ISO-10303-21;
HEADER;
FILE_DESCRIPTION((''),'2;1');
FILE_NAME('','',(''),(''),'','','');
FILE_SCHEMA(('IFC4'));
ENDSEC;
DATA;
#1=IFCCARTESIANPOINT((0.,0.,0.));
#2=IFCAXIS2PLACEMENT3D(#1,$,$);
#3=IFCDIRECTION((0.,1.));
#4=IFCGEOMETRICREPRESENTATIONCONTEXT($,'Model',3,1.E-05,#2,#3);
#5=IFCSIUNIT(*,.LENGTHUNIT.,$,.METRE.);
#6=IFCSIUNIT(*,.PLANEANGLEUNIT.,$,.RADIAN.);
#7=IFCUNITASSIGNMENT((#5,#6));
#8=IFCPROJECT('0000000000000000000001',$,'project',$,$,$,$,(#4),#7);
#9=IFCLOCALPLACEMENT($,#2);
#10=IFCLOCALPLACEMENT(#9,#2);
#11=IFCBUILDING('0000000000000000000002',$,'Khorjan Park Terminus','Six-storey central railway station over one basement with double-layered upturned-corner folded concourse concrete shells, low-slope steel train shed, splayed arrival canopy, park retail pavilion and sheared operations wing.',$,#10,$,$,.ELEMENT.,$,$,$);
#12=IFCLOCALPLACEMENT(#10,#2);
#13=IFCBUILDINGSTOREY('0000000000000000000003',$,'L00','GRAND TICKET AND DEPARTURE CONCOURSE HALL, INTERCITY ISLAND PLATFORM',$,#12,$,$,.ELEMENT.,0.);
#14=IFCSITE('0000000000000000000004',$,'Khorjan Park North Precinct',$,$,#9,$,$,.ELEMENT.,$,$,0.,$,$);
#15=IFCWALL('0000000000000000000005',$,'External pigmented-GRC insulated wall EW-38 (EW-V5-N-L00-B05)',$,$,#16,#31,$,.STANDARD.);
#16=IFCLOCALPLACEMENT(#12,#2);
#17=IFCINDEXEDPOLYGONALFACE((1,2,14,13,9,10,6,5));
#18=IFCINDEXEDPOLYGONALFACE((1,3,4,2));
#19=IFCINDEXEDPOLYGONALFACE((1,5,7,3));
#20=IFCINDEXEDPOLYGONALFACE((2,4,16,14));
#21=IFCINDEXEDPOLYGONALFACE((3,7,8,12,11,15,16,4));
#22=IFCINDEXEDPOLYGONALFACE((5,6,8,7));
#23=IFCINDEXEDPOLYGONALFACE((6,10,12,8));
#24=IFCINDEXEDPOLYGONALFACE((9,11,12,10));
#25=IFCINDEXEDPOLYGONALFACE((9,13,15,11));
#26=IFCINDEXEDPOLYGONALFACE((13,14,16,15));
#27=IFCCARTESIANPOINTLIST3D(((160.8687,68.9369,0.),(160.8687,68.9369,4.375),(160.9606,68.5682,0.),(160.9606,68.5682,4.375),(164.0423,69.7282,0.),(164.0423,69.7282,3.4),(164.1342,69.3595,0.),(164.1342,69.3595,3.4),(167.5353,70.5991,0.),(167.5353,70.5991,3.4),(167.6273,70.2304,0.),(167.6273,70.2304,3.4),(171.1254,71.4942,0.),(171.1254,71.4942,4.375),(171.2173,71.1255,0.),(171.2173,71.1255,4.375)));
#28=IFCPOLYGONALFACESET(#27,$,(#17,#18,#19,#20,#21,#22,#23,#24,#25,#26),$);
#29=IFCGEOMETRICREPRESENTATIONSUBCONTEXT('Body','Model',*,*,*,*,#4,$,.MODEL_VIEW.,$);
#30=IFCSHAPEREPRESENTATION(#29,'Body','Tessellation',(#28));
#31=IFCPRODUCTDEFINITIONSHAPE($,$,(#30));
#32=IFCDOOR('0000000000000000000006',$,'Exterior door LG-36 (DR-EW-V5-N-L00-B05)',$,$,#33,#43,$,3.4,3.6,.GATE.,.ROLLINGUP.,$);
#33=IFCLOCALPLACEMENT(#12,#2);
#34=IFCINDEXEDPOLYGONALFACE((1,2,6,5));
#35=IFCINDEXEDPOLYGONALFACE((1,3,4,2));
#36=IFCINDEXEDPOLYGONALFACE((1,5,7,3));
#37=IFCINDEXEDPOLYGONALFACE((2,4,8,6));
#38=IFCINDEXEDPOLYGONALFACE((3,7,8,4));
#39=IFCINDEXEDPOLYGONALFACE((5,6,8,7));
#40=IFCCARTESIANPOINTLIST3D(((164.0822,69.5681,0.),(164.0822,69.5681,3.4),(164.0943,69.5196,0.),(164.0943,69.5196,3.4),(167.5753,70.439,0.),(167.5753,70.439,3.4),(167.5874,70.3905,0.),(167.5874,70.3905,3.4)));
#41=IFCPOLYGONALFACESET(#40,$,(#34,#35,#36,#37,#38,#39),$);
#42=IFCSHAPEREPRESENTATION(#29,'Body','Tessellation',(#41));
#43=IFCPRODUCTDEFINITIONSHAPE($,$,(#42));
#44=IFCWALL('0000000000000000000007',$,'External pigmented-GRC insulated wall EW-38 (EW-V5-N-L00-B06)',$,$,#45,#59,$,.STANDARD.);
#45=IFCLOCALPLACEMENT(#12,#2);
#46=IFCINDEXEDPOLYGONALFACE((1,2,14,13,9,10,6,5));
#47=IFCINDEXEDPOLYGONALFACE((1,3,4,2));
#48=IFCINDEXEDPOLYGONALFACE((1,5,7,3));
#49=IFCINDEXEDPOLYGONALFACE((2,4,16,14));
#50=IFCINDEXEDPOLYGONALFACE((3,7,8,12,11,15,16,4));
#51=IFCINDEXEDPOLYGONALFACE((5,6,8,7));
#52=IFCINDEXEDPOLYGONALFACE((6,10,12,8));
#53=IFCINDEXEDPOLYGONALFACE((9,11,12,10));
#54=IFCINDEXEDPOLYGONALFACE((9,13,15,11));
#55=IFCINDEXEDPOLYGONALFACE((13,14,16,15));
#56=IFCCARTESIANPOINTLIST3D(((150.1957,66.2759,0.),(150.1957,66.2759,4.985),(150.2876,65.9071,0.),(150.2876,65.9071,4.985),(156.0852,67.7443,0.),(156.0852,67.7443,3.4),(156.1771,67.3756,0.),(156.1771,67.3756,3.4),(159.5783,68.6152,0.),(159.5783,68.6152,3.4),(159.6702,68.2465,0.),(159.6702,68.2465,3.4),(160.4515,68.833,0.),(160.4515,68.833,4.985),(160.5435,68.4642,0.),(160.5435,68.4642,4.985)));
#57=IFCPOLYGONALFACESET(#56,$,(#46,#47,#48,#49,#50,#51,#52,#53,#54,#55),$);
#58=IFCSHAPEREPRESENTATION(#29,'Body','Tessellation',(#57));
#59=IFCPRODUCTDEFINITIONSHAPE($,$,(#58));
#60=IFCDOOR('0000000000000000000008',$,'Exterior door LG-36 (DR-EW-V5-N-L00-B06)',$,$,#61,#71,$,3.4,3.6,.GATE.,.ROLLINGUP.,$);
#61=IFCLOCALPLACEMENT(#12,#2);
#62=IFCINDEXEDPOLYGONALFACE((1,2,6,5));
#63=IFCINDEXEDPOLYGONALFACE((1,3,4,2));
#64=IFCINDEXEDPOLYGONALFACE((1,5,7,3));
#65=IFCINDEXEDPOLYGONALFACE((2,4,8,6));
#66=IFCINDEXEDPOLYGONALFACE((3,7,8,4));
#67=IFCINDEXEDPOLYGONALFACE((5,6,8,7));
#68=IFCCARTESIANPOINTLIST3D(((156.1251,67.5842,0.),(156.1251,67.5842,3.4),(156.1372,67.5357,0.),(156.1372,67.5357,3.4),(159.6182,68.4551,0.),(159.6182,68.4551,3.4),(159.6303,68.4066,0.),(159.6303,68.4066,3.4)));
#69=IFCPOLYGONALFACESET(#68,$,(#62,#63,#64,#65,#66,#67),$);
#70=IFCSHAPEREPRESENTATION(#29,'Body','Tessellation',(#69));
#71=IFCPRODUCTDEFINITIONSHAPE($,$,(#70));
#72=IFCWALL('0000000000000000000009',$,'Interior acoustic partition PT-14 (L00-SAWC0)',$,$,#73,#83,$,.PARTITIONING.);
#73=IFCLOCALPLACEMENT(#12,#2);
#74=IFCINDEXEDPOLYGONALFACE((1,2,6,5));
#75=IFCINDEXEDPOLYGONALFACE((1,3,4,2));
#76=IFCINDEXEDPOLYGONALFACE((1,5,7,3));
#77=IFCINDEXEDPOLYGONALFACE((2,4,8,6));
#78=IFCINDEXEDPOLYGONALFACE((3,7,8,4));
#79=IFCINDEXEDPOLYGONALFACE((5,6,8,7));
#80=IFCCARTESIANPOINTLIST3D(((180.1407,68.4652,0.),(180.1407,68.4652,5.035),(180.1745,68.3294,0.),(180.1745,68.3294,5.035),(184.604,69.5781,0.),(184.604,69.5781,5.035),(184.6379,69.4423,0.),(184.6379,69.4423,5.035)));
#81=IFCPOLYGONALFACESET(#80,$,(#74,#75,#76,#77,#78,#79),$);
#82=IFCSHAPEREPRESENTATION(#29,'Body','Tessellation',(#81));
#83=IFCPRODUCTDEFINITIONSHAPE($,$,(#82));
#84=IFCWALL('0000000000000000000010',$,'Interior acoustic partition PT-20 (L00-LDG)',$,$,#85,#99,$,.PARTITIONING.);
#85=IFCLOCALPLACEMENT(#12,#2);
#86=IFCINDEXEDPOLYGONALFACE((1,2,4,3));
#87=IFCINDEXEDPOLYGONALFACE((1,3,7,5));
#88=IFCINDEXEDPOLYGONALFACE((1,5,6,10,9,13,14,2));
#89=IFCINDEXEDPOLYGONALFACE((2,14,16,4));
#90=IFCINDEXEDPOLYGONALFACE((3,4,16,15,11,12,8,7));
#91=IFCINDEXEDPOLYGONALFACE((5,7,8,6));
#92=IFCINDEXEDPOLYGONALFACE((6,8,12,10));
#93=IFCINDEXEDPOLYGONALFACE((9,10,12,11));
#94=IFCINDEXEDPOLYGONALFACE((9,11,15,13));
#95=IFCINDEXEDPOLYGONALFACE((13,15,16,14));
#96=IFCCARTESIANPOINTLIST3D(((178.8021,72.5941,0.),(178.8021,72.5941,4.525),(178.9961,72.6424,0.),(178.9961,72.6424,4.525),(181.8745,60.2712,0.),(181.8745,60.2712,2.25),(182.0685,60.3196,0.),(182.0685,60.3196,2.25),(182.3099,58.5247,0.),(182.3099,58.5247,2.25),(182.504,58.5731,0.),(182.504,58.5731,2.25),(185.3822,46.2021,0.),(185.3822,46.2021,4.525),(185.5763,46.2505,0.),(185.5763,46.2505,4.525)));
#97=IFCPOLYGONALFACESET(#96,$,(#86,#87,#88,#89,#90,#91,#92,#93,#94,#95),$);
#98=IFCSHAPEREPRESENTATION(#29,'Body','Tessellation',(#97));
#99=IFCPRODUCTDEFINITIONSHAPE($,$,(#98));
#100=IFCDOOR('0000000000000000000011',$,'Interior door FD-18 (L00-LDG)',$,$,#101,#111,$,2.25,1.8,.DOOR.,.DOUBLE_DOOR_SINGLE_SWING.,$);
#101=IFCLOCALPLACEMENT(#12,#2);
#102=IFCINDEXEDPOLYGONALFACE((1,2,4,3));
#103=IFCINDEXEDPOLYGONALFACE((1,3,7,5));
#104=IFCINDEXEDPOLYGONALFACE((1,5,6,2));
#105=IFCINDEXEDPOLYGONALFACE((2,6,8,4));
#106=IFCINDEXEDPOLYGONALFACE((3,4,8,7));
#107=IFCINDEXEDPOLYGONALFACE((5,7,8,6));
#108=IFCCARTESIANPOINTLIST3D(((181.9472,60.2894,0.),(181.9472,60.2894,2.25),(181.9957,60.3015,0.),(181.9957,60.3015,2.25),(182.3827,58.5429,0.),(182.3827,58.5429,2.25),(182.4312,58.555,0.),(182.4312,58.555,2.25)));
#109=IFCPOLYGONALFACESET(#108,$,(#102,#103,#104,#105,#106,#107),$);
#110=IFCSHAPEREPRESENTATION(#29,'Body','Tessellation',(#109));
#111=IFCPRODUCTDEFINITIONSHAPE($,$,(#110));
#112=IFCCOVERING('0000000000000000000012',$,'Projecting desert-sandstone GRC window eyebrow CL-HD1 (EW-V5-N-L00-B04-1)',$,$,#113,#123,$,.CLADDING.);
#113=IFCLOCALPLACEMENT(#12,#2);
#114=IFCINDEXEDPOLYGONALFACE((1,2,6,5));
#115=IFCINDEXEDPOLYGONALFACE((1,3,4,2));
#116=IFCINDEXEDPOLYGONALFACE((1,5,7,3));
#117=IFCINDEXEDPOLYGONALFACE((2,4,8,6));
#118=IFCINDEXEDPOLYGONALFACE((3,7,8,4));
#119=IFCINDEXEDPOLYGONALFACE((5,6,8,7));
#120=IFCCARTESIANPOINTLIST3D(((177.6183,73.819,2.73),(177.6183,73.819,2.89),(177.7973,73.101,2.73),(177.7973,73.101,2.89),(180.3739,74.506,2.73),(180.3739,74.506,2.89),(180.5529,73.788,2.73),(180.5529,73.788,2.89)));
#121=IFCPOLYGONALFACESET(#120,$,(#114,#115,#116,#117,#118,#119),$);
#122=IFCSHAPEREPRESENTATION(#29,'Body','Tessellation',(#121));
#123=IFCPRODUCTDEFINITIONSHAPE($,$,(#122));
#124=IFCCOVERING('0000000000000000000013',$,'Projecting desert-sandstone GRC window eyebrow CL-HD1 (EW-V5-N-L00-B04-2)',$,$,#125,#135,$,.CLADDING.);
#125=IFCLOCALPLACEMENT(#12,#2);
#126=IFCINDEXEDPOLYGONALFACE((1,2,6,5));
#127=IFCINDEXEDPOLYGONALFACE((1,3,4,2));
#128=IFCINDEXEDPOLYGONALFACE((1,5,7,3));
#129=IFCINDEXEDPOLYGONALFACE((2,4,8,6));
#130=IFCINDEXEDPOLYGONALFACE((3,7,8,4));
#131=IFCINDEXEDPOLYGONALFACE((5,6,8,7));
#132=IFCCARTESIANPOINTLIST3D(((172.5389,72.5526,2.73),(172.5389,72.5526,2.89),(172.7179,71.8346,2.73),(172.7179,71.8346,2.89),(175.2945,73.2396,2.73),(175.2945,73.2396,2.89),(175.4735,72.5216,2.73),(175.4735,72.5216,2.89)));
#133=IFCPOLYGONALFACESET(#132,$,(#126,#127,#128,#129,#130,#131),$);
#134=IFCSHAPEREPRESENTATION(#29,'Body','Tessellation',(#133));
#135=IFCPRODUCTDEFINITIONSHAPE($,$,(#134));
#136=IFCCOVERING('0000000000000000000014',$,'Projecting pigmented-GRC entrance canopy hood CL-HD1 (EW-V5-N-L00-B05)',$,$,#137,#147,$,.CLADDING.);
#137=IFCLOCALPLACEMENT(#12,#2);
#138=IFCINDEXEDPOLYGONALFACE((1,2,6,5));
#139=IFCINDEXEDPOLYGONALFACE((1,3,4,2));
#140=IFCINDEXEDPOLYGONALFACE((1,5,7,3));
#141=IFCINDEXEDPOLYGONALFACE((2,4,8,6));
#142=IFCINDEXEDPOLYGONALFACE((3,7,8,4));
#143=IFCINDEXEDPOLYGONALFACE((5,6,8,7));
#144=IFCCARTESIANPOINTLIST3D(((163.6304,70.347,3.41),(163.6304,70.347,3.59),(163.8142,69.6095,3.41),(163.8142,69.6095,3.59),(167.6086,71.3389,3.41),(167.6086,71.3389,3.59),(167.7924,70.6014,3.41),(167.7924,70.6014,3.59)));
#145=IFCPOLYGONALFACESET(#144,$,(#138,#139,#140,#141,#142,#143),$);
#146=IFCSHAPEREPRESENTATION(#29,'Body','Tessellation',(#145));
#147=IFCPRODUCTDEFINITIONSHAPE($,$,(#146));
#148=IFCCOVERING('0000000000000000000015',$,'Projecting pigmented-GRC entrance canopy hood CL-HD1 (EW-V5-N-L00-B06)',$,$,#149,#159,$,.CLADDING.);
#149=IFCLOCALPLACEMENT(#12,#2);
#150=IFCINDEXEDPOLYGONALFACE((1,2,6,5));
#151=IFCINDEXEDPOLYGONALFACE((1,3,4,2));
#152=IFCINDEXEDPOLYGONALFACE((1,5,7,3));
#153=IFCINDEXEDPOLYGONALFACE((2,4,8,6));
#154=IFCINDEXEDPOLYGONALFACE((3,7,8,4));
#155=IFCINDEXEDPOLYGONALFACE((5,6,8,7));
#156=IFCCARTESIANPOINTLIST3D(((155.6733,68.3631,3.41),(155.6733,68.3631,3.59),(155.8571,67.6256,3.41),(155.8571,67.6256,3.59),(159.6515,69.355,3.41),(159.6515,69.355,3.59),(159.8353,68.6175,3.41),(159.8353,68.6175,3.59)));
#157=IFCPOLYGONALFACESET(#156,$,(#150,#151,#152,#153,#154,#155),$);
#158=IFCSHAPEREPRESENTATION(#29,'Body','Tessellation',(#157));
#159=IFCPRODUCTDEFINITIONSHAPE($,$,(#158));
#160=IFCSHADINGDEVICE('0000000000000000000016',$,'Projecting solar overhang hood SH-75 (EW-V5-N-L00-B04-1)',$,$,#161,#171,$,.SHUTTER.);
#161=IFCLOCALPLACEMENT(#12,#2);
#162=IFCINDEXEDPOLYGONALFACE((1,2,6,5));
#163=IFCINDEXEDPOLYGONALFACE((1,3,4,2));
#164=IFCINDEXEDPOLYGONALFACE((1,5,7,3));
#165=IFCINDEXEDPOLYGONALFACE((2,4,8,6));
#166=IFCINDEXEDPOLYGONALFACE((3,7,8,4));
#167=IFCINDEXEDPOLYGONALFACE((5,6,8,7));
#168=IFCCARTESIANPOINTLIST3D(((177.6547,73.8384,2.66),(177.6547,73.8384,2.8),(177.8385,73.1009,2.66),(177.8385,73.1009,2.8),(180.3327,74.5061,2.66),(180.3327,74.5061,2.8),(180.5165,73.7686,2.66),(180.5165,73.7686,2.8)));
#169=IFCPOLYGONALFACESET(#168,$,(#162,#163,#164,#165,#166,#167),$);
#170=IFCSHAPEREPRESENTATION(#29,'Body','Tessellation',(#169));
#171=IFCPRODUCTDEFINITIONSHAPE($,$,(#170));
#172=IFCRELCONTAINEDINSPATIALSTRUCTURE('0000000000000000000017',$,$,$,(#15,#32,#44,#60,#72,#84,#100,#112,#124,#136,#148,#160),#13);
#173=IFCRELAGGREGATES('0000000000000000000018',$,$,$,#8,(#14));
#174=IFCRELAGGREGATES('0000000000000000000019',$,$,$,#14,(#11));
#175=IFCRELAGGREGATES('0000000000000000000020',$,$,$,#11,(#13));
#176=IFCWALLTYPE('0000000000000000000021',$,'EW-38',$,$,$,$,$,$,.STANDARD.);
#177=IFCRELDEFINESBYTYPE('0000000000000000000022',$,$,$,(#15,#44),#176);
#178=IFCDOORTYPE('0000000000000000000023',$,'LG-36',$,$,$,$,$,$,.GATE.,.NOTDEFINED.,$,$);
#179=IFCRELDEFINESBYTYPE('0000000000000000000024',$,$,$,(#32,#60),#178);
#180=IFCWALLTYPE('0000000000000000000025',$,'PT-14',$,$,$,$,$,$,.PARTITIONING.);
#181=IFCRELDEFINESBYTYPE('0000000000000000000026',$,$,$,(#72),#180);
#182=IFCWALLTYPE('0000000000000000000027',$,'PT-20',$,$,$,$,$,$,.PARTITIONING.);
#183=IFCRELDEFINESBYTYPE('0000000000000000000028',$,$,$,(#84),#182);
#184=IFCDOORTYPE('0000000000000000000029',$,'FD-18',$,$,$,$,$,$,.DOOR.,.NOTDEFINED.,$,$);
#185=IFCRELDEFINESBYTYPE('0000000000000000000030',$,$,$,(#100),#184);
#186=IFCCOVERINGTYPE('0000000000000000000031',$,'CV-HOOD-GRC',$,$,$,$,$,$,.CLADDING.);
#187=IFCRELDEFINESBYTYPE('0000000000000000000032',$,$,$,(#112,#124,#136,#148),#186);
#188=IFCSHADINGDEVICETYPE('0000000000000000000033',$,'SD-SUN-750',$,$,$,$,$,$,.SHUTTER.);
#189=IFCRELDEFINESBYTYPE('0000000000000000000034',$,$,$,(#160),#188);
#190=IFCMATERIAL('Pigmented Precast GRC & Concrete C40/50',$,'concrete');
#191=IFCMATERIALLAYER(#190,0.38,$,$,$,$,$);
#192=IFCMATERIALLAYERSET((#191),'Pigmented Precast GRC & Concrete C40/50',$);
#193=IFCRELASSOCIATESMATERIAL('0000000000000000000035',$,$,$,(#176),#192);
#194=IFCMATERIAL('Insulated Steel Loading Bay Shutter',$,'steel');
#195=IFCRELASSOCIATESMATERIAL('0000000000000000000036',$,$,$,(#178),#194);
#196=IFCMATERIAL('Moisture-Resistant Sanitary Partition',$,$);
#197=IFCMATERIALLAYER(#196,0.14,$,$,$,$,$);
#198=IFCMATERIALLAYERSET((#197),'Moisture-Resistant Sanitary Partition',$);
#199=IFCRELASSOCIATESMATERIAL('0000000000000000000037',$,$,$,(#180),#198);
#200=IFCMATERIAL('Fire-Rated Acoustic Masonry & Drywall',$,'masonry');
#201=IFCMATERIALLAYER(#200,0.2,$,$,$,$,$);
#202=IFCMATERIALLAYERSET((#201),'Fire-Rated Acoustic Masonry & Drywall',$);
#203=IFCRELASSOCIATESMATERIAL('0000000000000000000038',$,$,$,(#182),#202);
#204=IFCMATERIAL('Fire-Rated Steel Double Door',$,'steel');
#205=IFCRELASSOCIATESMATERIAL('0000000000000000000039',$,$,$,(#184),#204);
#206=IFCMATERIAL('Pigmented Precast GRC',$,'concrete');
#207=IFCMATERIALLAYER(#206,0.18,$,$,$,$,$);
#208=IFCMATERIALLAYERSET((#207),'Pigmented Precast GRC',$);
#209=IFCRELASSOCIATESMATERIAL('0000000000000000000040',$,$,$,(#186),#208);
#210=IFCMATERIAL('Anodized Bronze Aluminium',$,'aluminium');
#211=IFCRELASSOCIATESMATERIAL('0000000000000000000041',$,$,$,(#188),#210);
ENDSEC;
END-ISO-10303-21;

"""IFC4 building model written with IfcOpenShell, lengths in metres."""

from ifc_helpers import new_model, si_unit, direction, frame, frame_2d, origin, origin_2d, place, context, subcontext, project, spatial, rectangle, extrude, material, layer, layer_set, type_object, element, fill, save


model = new_model("IFC4")

# Units and contexts
model_context = context("Model", 3, precision=1e-05, world=origin(), true_north=direction((0.0, 1.0)))
body_context = subcontext(model_context, "Body", "Model", "MODEL_VIEW")
ifc_project = project(units=[si_unit("LENGTHUNIT", "METRE"), si_unit("PLANEANGLEUNIT", "RADIAN")], contexts=[model_context])

# Site, building, storey
site_placement = place(None, origin())
site = spatial("IfcSite", under=ifc_project, at=site_placement, Name="Khorjan Park North Precinct", CompositionType="ELEMENT", RefElevation=0.0)
building_placement = place(site_placement, origin())
building = spatial("IfcBuilding", under=site, at=building_placement, Name="Khorjan Park Terminus", Description="Six-storey central railway station over one basement with double-layered upturned-corner folded concourse concrete shells, low-slope steel train shed, splayed arrival canopy, park retail pavilion and sheared operations wing.", CompositionType="ELEMENT")
storey_placement = place(building_placement, origin())
storey = spatial("IfcBuildingStorey", under=building, at=storey_placement, Name="L00", Description="GRAND TICKET AND DEPARTURE CONCOURSE HALL, INTERCITY ISLAND PLATFORM", CompositionType="ELEMENT", Elevation=0.0)

# Shared definitions
ifc_material_1 = material(Name="Anodized Bronze Aluminium", Category="aluminium")

# Shared definitions
ifc_material_2 = material(Name="Pigmented Precast GRC & Concrete C40/50", Category="concrete")
ifc_layer_1 = layer(ifc_material_2, 0.38)
ifc_layer_set_1 = layer_set([ifc_layer_1], Name="Pigmented Precast GRC & Concrete C40/50")
wall_type_1 = type_object("IfcWallType", Name="EW-38", PredefinedType="STANDARD", material=ifc_layer_set_1)

# Walls, openings, doors
wall_1_placement = place(storey_placement, frame((171.1714, 71.3099, 0.0), z_axis=(0.0, 0.0, 1.0), x_axis=(-0.970295, -0.241923, 0.0)))
wall_1 = element("IfcWall", 1, at=wall_1_placement, inside=storey, type_object=wall_type_1, Name="External pigmented-GRC insulated wall EW-38 (EW-V5-N-L00-B05)", PredefinedType="STANDARD", context=body_context, shape_type="SweptSolid", body=[
    extrude(rectangle(XDim=10.5707, YDim=0.38, at=frame_2d((5.2854, 0.0))), origin(), (0.0, 0.0, 1.0), 4.375),
])
opening_1_placement = place(wall_1_placement, frame((3.7, 0.0, 0.0)))
opening_1 = element("IfcOpeningElement", 2, at=opening_1_placement, cuts=wall_1, PredefinedType="OPENING", context=body_context, shape_type="SweptSolid", body=[
    extrude(rectangle(XDim=3.6, YDim=3.4, at=frame_2d((1.8, 1.7))), frame((0.0, 0.2, 0.0), z_axis=(0.0, -1.0, 0.0), x_axis=(1.0, 0.0, 0.0)), (0.0, 0.0, 1.0), 0.4),
])
ifc_material_3 = material(Name="Insulated Steel Loading Bay Shutter", Category="steel")
door_type_1 = type_object("IfcDoorType", Name="LG-36", OperationType="NOTDEFINED", PredefinedType="GATE", material=ifc_material_3)
door_1_placement = place(opening_1_placement, origin())
door_1 = element("IfcDoor", 3, at=door_1_placement, inside=storey, type_object=door_type_1, Name="Exterior door LG-36 (DR-EW-V5-N-L00-B05)", OperationType="ROLLINGUP", OverallHeight=3.4, OverallWidth=3.6, PredefinedType="GATE", context=body_context, shape_type="SweptSolid", body=[
    extrude(rectangle(XDim=3.6, YDim=3.4, at=frame_2d((1.8, 1.7))), frame((0.0, 0.025, 0.0), z_axis=(0.0, -1.0, 0.0), x_axis=(1.0, 0.0, 0.0)), (0.0, 0.0, 1.0), 0.05),
])
fill(opening_1, door_1)
wall_2_placement = place(storey_placement, frame((160.4975, 68.6486, 0.0), z_axis=(0.0, 0.0, 1.0), x_axis=(-0.970295, -0.241926, 0.0)))
wall_2 = element("IfcWall", 4, at=wall_2_placement, inside=storey, type_object=wall_type_1, Name="External pigmented-GRC insulated wall EW-38 (EW-V5-N-L00-B06)", PredefinedType="STANDARD", context=body_context, shape_type="SweptSolid", body=[
    extrude(rectangle(XDim=10.5698, YDim=0.38, at=frame_2d((5.2849, 0.0))), origin(), (0.0, 0.0, 1.0), 4.985),
])
opening_2_placement = place(wall_2_placement, frame((0.9, 0.0, 0.0)))
opening_2 = element("IfcOpeningElement", 5, at=opening_2_placement, cuts=wall_2, PredefinedType="OPENING", context=body_context, shape_type="SweptSolid", body=[
    extrude(rectangle(XDim=3.6, YDim=3.4, at=frame_2d((1.8, 1.7))), frame((0.0, 0.2, 0.0), z_axis=(0.0, -1.0, 0.0), x_axis=(1.0, 0.0, 0.0)), (0.0, 0.0, 1.0), 0.4),
])
door_2_placement = place(opening_2_placement, origin())
door_2 = element("IfcDoor", 6, at=door_2_placement, inside=storey, type_object=door_type_1, Name="Exterior door LG-36 (DR-EW-V5-N-L00-B06)", OperationType="ROLLINGUP", OverallHeight=3.4, OverallWidth=3.6, PredefinedType="GATE", context=body_context, shape_type="SweptSolid", body=[
    extrude(rectangle(XDim=3.6, YDim=3.4, at=frame_2d((1.8, 1.7))), frame((0.0, 0.025, 0.0), z_axis=(0.0, -1.0, 0.0), x_axis=(1.0, 0.0, 0.0)), (0.0, 0.0, 1.0), 0.05),
])
fill(opening_2, door_2)

# Wall
ifc_material_4 = material(Name="Moisture-Resistant Sanitary Partition")
ifc_layer_2 = layer(ifc_material_4, 0.14)
ifc_layer_set_2 = layer_set([ifc_layer_2], Name="Moisture-Resistant Sanitary Partition")
wall_type_2 = type_object("IfcWallType", Name="PT-14", PredefinedType="PARTITIONING", material=ifc_layer_set_2)
wall_3_placement = place(storey_placement, frame((180.1576, 68.3973, 0.0), z_axis=(0.0, 0.0, 1.0), x_axis=(0.970292, 0.241937, 0.0)))
element("IfcWall", 7, at=wall_3_placement, inside=storey, type_object=wall_type_2, Name="Interior acoustic partition PT-14 (L00-SAWC0)", PredefinedType="PARTITIONING", context=body_context, shape_type="SweptSolid", body=[
    extrude(rectangle(XDim=4.6, YDim=0.14, at=frame_2d((2.3, 0.0))), origin(), (0.0, 0.0, 1.0), 5.035),
])

# Wall, opening, door
ifc_material_5 = material(Name="Fire-Rated Acoustic Masonry & Drywall", Category="masonry")
ifc_layer_3 = layer(ifc_material_5, 0.2)
ifc_layer_set_3 = layer_set([ifc_layer_3], Name="Fire-Rated Acoustic Masonry & Drywall")
wall_type_3 = type_object("IfcWallType", Name="PT-20", PredefinedType="PARTITIONING", material=ifc_layer_set_3)
wall_4_placement = place(storey_placement, frame((178.8991, 72.6182, 0.0), z_axis=(0.0, 0.0, 1.0), x_axis=(0.24192, -0.970296, 0.0)))
wall_4 = element("IfcWall", 8, at=wall_4_placement, inside=storey, type_object=wall_type_3, Name="Interior acoustic partition PT-20 (L00-LDG)", PredefinedType="PARTITIONING", context=body_context, shape_type="SweptSolid", body=[
    extrude(rectangle(XDim=27.1999, YDim=0.2, at=frame_2d((13.5999, 0.0))), origin(), (0.0, 0.0, 1.0), 4.525),
])
opening_3_placement = place(wall_4_placement, frame((12.7, 0.0, 0.0)))
opening_3 = element("IfcOpeningElement", 9, at=opening_3_placement, cuts=wall_4, PredefinedType="OPENING", context=body_context, shape_type="SweptSolid", body=[
    extrude(rectangle(XDim=1.8, YDim=2.25, at=frame_2d((0.9, 1.125))), frame((0.0, 0.11, 0.0), z_axis=(0.0, -1.0, 0.0), x_axis=(1.0, 0.0, 0.0)), (0.0, 0.0, 1.0), 0.22),
])
ifc_material_6 = material(Name="Fire-Rated Steel Double Door", Category="steel")
door_type_2 = type_object("IfcDoorType", Name="FD-18", OperationType="NOTDEFINED", PredefinedType="DOOR", material=ifc_material_6)
door_3_placement = place(opening_3_placement, origin())
door_3 = element("IfcDoor", 10, at=door_3_placement, inside=storey, type_object=door_type_2, Name="Interior door FD-18 (L00-LDG)", OperationType="DOUBLE_DOOR_SINGLE_SWING", OverallHeight=2.25, OverallWidth=1.8, PredefinedType="DOOR", context=body_context, shape_type="SweptSolid", body=[
    extrude(rectangle(XDim=1.8, YDim=2.25, at=frame_2d((0.9, 1.125))), frame((0.0, 0.025, 0.0), z_axis=(0.0, -1.0, 0.0), x_axis=(1.0, 0.0, 0.0)), (0.0, 0.0, 1.0), 0.05),
])
fill(opening_3, door_3)

# Coverings
ifc_material_7 = material(Name="Pigmented Precast GRC", Category="concrete")
ifc_layer_4 = layer(ifc_material_7, 0.18)
ifc_layer_set_4 = layer_set([ifc_layer_4], Name="Pigmented Precast GRC")
covering_type = type_object("IfcCoveringType", Name="CV-HOOD-GRC", PredefinedType="CLADDING", material=ifc_layer_set_4)
for number, where, z_axis, x_axis, name in (
    (11, (179.0856, 73.8035, 2.73), (0.0, 0.0, 1.0), (-0.970297, -0.241915, 0.0), "Projecting desert-sandstone GRC window eyebrow CL-HD1 (EW-V5-N-L00-B04-1)"),
    (12, (174.0062, 72.5371, 2.73), (0.0, 0.0, 1.0), (-0.970297, -0.241915, 0.0), "Projecting desert-sandstone GRC window eyebrow CL-HD1 (EW-V5-N-L00-B04-2)"),
):
    element("IfcCovering", number, at=place(storey_placement, frame(where, z_axis=z_axis, x_axis=x_axis)), inside=storey, type_object=covering_type, Name=name, PredefinedType="CLADDING", context=body_context, shape_type="SweptSolid", body=[
        extrude(rectangle(XDim=2.84, YDim=0.74, at=origin_2d()), origin(), (0.0, 0.0, 1.0), 0.16),
    ])
for number, where, z_axis, x_axis, name in (
    (13, (165.7114, 70.4742, 3.41), (0.0, 0.0, 1.0), (-0.970295, -0.241923, 0.0), "Projecting pigmented-GRC entrance canopy hood CL-HD1 (EW-V5-N-L00-B05)"),
    (14, (157.7543, 68.4903, 3.41), (0.0, 0.0, 1.0), (-0.970295, -0.241926, 0.0), "Projecting pigmented-GRC entrance canopy hood CL-HD1 (EW-V5-N-L00-B06)"),
):
    element("IfcCovering", number, at=place(storey_placement, frame(where, z_axis=z_axis, x_axis=x_axis)), inside=storey, type_object=covering_type, Name=name, PredefinedType="CLADDING", context=body_context, shape_type="SweptSolid", body=[
        extrude(rectangle(XDim=4.1, YDim=0.76, at=origin_2d()), origin(), (0.0, 0.0, 1.0), 0.18),
    ])

# Shading device
shading_device_type = type_object("IfcShadingDeviceType", Name="SD-SUN-750", PredefinedType="SHUTTER", material=ifc_material_1)
for number, where, z_axis, x_axis, name in (
    (15, (179.0856, 73.8035, 2.66), (0.0, 0.0, 1.0), (-0.970297, -0.241915, 0.0), "Projecting solar overhang hood SH-75 (EW-V5-N-L00-B04-1)"),
):
    element("IfcShadingDevice", number, at=place(storey_placement, frame(where, z_axis=z_axis, x_axis=x_axis)), inside=storey, type_object=shading_device_type, Name=name, PredefinedType="SHUTTER", context=body_context, shape_type="SweptSolid", body=[
        extrude(rectangle(XDim=2.76, YDim=0.76, at=origin_2d()), origin(), (0.0, 0.0, 1.0), 0.14),
    ])

save(model, "model.ifc")
